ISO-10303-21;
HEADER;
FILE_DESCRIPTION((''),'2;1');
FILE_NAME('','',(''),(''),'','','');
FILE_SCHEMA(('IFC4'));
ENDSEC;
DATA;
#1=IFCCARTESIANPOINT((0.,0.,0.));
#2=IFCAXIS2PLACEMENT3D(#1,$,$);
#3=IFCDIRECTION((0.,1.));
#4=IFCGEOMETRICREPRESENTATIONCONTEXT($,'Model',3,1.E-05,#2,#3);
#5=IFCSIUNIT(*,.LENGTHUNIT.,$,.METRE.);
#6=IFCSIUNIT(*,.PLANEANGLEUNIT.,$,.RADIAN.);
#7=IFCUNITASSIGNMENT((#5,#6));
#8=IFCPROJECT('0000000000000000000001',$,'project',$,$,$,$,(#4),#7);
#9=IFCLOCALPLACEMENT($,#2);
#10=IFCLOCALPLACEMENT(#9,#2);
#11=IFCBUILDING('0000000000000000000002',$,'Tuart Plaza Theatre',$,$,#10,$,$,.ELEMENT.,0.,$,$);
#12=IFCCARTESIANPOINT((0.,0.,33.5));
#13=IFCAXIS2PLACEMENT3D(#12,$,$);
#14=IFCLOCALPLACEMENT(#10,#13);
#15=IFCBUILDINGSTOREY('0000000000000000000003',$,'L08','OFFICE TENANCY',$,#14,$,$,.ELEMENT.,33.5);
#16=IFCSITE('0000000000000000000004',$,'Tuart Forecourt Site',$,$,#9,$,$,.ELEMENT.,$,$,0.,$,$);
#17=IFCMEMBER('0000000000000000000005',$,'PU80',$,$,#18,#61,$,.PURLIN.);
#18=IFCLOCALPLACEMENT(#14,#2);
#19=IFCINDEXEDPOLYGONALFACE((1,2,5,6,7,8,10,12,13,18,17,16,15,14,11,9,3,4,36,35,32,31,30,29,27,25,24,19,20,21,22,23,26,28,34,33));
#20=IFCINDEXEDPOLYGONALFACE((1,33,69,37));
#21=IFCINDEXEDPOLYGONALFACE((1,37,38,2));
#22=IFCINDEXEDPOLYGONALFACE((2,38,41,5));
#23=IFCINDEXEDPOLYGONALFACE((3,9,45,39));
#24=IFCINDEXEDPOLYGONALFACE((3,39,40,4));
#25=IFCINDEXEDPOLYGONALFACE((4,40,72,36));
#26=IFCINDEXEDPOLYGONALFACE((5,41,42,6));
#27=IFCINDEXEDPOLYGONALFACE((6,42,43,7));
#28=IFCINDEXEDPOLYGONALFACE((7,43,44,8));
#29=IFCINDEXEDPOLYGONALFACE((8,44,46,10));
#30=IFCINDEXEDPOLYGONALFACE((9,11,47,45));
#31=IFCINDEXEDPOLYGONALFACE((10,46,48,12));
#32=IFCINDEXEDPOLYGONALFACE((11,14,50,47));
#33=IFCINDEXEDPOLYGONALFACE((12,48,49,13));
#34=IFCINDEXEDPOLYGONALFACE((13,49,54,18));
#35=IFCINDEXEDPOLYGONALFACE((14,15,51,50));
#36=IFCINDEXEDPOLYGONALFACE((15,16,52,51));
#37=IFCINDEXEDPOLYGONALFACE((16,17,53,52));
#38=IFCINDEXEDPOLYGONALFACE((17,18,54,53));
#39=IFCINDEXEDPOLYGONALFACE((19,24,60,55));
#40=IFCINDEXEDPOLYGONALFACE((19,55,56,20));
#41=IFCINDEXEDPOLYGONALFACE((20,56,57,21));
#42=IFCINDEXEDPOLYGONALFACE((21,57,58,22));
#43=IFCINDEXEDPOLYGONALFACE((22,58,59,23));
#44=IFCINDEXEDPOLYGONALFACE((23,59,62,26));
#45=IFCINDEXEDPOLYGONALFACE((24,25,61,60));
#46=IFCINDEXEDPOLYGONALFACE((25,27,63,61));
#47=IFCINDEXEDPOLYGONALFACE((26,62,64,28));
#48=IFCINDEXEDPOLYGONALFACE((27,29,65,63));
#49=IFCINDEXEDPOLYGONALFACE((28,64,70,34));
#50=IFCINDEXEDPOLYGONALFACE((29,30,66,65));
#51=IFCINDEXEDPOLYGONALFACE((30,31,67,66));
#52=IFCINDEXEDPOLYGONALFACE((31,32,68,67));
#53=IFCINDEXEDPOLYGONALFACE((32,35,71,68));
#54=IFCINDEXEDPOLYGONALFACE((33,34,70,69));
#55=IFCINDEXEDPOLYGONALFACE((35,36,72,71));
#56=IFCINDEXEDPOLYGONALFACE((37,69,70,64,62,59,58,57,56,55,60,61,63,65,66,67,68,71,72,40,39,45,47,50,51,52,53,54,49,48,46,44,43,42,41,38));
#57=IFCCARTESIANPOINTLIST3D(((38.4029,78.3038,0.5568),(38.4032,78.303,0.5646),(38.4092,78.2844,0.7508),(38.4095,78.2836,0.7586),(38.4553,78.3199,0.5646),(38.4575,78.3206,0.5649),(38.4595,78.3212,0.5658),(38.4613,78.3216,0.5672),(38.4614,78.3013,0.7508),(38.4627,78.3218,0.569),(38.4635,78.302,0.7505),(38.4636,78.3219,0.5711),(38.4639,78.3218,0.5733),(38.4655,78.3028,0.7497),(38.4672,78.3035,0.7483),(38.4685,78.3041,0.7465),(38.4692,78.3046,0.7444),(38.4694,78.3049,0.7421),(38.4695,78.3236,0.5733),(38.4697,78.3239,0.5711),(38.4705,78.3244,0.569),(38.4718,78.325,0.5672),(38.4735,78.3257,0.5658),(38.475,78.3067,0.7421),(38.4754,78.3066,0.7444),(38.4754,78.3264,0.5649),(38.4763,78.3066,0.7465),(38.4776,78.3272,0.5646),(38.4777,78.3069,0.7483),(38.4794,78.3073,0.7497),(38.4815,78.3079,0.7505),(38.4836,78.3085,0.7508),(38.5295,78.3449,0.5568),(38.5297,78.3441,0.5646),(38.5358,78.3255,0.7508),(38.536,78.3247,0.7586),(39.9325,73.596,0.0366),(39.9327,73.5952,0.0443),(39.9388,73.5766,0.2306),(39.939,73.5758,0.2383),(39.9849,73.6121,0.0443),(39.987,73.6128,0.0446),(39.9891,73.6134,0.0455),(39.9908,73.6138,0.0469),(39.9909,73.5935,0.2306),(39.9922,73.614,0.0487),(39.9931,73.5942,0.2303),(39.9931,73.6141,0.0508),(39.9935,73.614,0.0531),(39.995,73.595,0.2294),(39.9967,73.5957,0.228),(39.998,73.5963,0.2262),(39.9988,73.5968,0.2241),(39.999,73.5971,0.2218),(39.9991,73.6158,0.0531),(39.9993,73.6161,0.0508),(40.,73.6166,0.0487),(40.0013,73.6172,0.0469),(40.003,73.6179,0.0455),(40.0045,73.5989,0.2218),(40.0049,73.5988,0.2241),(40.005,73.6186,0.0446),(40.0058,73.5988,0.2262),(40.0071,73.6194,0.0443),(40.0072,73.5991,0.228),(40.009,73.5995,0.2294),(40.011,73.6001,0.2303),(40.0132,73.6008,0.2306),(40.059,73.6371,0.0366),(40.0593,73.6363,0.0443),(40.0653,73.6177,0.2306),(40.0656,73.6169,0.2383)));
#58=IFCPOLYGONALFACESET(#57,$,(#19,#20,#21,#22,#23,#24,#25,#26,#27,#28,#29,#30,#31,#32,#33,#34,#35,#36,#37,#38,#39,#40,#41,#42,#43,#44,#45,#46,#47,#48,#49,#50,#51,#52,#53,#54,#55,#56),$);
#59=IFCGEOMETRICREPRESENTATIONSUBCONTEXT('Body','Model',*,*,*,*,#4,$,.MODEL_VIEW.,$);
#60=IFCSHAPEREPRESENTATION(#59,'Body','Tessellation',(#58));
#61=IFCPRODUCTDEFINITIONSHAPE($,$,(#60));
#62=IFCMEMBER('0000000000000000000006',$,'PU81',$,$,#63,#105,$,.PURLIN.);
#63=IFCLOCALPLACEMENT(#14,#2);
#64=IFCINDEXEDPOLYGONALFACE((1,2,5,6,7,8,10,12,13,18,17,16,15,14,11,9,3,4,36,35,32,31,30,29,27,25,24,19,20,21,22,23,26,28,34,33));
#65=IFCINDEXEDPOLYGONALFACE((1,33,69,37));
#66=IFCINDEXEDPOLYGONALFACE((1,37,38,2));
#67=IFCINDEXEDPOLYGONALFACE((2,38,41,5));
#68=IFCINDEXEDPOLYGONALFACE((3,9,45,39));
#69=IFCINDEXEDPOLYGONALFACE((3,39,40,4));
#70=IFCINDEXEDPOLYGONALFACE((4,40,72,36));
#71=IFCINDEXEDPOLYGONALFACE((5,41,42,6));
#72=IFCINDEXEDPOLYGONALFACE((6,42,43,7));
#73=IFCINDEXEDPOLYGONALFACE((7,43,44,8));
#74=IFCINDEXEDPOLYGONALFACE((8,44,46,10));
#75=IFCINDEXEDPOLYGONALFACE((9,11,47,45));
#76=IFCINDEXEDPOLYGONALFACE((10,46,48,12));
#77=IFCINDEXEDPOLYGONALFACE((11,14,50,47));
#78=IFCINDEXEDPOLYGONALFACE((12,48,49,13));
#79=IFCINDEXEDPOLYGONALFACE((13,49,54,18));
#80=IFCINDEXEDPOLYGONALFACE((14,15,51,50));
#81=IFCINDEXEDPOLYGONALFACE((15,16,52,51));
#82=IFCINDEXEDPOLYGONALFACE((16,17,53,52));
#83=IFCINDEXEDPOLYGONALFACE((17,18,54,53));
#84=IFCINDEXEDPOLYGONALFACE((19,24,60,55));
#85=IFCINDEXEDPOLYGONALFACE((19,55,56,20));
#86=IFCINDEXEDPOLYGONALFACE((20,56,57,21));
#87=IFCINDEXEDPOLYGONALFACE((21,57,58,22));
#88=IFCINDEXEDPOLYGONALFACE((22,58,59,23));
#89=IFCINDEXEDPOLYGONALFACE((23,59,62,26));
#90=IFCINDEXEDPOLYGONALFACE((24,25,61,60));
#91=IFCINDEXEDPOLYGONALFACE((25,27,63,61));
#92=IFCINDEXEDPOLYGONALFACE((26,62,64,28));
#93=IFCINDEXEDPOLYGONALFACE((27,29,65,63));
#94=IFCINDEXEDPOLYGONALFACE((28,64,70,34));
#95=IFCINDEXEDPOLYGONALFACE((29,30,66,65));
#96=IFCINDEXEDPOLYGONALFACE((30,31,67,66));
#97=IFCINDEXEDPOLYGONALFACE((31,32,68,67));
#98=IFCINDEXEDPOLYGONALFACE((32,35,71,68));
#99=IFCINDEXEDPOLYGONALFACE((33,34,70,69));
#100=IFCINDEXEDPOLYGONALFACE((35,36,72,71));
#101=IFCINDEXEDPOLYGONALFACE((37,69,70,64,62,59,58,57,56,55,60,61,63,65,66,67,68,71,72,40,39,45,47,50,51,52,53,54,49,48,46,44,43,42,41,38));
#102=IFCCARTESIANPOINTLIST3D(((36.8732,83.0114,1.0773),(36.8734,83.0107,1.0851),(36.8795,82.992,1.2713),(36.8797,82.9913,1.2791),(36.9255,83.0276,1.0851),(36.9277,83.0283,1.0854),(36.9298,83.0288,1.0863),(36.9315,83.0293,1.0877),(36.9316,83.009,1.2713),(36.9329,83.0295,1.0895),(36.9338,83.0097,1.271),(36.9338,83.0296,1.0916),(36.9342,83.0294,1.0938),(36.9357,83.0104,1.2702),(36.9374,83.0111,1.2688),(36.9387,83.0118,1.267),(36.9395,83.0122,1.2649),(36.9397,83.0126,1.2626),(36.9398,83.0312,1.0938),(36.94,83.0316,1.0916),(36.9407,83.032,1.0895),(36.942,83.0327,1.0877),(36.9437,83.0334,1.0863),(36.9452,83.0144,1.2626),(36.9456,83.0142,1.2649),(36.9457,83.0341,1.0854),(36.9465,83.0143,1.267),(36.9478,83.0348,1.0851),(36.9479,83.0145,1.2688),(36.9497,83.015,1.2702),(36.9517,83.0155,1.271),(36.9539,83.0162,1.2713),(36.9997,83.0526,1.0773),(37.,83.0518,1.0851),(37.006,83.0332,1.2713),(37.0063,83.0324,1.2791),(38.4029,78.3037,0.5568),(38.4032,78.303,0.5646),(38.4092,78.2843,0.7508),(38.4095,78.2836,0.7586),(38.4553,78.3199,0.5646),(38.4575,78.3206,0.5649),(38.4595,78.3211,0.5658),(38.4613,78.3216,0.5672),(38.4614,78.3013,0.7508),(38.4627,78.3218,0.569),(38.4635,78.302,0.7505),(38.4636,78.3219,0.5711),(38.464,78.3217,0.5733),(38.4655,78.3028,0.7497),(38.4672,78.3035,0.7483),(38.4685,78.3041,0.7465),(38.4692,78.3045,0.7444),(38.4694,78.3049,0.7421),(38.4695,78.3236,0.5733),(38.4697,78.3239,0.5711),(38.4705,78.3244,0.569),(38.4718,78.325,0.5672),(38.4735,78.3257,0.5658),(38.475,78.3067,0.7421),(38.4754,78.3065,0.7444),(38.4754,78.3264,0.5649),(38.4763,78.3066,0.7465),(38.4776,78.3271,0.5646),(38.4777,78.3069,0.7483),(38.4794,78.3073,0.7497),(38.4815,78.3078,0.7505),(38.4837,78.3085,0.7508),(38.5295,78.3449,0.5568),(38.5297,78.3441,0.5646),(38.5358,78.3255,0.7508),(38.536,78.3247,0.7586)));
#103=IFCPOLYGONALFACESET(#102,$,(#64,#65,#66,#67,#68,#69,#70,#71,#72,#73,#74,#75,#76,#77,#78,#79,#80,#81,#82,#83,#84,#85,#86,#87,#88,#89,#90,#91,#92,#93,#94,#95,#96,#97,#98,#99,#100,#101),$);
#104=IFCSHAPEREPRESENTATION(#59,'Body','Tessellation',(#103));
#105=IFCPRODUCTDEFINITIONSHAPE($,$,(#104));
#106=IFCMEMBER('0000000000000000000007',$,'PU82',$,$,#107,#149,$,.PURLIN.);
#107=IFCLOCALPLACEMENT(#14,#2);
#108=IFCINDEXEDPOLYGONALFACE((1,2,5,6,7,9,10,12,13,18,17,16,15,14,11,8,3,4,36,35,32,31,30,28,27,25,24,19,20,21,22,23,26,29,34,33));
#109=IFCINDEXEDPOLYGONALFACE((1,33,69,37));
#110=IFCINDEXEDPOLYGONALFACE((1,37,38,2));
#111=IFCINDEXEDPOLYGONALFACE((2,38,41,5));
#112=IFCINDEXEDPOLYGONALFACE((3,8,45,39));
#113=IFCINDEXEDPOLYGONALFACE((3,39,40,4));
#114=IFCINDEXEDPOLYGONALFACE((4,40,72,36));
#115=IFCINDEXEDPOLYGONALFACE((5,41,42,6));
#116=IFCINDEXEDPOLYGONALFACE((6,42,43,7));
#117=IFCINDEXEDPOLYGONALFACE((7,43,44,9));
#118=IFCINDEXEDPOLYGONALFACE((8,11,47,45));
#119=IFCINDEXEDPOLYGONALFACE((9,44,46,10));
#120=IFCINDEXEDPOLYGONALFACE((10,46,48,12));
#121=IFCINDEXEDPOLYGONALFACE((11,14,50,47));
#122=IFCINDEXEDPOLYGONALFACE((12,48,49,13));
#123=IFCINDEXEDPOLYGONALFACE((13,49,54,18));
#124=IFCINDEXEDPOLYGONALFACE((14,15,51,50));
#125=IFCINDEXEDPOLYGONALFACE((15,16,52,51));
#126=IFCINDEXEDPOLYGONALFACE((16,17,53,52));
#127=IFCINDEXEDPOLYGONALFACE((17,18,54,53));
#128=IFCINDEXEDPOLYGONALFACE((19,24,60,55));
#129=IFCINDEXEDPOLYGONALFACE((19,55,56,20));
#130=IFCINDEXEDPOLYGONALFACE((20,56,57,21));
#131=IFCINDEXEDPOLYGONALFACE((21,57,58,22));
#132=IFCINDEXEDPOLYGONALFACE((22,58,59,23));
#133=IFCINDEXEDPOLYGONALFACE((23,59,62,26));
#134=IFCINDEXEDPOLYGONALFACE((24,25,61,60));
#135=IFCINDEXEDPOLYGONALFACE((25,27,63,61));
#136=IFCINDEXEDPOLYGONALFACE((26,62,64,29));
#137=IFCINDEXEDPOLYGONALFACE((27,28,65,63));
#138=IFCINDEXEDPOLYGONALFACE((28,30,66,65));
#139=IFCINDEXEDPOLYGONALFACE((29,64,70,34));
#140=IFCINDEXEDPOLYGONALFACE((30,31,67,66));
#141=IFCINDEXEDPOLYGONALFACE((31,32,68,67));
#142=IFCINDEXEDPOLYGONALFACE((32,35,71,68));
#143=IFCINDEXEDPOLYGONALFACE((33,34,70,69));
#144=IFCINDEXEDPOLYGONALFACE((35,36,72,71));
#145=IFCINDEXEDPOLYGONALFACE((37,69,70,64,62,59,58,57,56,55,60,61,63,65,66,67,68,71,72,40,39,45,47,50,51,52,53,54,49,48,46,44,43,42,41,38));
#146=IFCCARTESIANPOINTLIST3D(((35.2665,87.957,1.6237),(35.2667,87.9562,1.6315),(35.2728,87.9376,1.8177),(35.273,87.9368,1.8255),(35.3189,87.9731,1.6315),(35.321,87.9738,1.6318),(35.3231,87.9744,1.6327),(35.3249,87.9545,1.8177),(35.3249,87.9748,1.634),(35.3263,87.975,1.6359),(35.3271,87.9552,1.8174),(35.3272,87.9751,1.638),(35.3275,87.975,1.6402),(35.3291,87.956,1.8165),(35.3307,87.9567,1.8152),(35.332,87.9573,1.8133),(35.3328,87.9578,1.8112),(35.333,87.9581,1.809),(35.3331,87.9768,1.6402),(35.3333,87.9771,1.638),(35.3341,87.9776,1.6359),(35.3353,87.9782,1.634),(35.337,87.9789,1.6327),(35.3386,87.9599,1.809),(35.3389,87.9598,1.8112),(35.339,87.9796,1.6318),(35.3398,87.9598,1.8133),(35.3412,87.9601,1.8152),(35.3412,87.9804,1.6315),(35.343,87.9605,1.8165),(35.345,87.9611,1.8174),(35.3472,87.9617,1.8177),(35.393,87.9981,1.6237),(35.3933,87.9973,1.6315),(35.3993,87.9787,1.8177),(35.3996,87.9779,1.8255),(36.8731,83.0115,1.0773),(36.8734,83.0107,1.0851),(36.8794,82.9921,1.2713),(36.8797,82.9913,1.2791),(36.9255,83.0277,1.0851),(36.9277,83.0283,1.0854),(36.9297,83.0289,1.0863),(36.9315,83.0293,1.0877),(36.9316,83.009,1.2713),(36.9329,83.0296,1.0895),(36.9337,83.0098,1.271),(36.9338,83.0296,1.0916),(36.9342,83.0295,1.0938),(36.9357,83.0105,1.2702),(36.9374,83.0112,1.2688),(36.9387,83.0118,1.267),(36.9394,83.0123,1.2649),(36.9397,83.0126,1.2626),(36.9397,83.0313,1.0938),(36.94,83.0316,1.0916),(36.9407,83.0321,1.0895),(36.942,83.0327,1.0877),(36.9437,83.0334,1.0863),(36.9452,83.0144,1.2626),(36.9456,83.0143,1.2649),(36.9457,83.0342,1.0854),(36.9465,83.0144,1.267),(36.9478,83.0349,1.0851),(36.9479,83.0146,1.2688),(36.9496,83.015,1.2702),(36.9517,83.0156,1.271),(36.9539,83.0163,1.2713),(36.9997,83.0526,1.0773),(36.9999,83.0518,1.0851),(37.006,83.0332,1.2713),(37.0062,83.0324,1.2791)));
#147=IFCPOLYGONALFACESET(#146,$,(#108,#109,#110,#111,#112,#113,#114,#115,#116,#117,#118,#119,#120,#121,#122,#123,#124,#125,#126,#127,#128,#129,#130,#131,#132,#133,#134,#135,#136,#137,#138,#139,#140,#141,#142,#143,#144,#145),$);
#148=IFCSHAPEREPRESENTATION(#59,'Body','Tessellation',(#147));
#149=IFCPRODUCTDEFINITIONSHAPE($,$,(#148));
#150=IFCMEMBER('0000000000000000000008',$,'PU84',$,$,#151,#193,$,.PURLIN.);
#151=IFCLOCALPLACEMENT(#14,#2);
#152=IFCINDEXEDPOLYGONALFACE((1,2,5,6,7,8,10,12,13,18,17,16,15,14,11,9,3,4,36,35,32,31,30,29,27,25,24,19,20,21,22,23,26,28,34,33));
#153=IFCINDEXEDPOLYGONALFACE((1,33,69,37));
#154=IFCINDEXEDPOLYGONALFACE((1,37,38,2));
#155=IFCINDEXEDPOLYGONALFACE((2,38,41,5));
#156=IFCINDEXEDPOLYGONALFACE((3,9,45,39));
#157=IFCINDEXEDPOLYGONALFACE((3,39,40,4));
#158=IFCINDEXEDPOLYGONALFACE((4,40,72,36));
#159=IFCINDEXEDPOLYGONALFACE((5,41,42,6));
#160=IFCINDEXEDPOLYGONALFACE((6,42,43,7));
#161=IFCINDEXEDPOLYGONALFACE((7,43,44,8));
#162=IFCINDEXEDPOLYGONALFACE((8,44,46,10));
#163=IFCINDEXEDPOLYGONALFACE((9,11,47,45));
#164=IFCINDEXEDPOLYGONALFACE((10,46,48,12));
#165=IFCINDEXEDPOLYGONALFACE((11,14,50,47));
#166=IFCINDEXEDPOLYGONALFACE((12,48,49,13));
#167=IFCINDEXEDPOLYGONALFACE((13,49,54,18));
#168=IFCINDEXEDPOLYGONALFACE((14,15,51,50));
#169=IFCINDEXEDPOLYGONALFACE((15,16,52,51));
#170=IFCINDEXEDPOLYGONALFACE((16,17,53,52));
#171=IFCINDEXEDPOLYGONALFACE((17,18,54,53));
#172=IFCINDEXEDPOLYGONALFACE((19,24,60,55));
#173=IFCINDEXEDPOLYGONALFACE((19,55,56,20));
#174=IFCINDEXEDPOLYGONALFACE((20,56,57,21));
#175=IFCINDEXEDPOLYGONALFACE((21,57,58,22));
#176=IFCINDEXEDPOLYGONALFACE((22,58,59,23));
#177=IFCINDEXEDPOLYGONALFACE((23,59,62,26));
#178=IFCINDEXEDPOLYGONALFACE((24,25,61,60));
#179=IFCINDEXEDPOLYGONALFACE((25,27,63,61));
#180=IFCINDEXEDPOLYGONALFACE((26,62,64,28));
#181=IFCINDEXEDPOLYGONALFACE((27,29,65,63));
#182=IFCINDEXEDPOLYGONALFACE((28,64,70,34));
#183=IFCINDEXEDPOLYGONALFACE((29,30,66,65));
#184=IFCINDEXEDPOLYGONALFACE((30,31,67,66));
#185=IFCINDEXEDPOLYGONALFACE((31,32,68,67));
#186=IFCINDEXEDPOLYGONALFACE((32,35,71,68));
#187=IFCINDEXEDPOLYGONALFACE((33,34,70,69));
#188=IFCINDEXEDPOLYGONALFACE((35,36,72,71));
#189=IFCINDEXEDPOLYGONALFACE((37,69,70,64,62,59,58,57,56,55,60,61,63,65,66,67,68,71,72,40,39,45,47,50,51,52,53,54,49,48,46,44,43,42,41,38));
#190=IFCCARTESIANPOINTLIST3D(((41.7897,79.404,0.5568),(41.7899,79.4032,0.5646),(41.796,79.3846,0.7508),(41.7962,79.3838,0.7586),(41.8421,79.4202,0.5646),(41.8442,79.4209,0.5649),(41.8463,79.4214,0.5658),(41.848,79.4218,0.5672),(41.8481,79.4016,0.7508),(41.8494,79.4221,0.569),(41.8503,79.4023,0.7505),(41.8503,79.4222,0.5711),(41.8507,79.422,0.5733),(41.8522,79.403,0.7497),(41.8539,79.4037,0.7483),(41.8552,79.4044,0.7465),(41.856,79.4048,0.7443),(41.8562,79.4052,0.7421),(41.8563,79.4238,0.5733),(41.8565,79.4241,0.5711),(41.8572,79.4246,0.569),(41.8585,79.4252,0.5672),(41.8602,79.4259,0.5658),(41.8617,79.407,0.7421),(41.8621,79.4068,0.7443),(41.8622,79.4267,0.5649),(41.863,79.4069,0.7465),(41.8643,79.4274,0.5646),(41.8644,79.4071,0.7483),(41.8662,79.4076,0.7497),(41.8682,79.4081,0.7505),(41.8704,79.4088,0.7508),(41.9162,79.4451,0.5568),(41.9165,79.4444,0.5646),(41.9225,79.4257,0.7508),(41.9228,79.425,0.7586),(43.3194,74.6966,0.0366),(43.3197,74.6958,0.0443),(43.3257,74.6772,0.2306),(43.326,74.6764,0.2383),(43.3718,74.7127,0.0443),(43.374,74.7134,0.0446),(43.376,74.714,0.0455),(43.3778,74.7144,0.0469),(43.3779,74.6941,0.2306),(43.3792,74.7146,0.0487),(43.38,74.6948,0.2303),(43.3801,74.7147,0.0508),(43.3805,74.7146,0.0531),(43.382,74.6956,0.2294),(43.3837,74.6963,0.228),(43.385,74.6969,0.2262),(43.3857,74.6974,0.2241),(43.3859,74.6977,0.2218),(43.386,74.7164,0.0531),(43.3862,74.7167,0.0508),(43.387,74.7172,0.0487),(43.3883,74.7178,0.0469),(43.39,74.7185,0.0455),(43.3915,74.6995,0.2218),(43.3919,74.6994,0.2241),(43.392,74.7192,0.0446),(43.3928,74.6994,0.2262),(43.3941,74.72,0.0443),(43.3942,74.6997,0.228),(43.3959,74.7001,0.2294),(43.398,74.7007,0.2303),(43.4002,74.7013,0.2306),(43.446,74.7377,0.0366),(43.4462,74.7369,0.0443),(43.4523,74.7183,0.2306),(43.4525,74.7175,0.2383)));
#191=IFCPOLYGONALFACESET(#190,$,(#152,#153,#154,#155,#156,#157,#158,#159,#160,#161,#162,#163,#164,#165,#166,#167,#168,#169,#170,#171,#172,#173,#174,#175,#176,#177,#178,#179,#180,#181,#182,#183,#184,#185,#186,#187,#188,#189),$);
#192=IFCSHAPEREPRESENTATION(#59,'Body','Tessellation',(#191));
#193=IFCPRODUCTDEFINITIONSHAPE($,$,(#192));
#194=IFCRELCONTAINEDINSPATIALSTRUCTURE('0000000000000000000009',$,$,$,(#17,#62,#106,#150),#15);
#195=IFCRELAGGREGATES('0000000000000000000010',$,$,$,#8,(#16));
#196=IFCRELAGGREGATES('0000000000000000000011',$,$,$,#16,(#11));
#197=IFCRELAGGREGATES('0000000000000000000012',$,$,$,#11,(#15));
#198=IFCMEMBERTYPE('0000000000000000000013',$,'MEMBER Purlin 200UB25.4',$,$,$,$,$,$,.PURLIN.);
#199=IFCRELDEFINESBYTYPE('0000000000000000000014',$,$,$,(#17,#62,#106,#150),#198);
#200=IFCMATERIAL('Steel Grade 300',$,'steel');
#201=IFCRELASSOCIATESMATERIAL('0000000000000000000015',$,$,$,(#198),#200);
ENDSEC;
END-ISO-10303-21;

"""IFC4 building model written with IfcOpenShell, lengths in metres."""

from ifc_helpers import new_model, si_unit, direction, frame, origin, origin_2d, place, context, subcontext, project, spatial, i_section, extrude, material, material_profile, profile_set, type_object, element, save


model = new_model("IFC4")

# Units and contexts
model_context = context("Model", 3, precision=1e-05, world=origin(), true_north=direction((0.0, 1.0)))
body_context = subcontext(model_context, "Body", "Model", "MODEL_VIEW")
ifc_project = project(units=[si_unit("LENGTHUNIT", "METRE"), si_unit("PLANEANGLEUNIT", "RADIAN")], contexts=[model_context])

# Site, building, storey
site_placement = place(None, origin())
site = spatial("IfcSite", under=ifc_project, at=site_placement, Name="Tuart Forecourt Site", CompositionType="ELEMENT", RefElevation=0.0)
building_placement = place(site_placement, origin())
building = spatial("IfcBuilding", under=site, at=building_placement, Name="Tuart Plaza Theatre", CompositionType="ELEMENT", ElevationOfRefHeight=0.0)
storey_placement = place(building_placement, frame((0.0, 0.0, 33.5)))
storey = spatial("IfcBuildingStorey", under=building, at=storey_placement, Name="L08", Description="OFFICE TENANCY", CompositionType="ELEMENT", Elevation=33.5)

# Members
ifc_material_1 = material(Name="Steel Grade 300", Category="steel")
ifc_material_profile_1 = material_profile(ifc_material_1, i_section(OverallWidth=0.1331, OverallDepth=0.2029, WebThickness=0.0059, FlangeThickness=0.0078, FilletRadius=0.0088, at=origin_2d()), Name="200UB25.4")
ifc_profile_set_1 = profile_set([ifc_material_profile_1], Name="Steel Grade 300")
member_type_1 = type_object("IfcMemberType", Name="MEMBER Purlin 200UB25.4", PredefinedType="PURLIN", material=ifc_profile_set_1)
for number, where, z_axis, x_axis, name in (
    (1, (39.999, 73.6064, 0.1375), (-0.307305, 0.945853, 0.104528), (-0.951063, -0.308998, 0.0), "PU80"),
    (2, (38.4695, 78.3142, 0.6577), (-0.307348, 0.945834, 0.104575), (-0.951048, -0.309043, 0.0), "PU81"),
):
    element("IfcMember", number, at=place(storey_placement, frame(where, z_axis=z_axis, x_axis=x_axis)), inside=storey, type_object=member_type_1, Name=name, PredefinedType="PURLIN", context=body_context, shape_type="SweptSolid", body=[
        extrude(i_section(OverallWidth=0.1331, OverallDepth=0.2029, WebThickness=0.0059, FlangeThickness=0.0078, FilletRadius=0.0088, at=origin_2d()), origin(), (0.0, 0.0, 1.0), 4.9773),
    ])
member_1_placement = place(storey_placement, frame((36.9397, 83.022, 1.1782), z_axis=(-0.307287, 0.945862, 0.104499), x_axis=(-0.951069, -0.308979, 0.0)))
element("IfcMember", 3, at=member_1_placement, inside=storey, type_object=member_type_1, Name="PU82", PredefinedType="PURLIN", context=body_context, shape_type="SweptSolid", body=[
    extrude(i_section(OverallWidth=0.1331, OverallDepth=0.2029, WebThickness=0.0059, FlangeThickness=0.0078, FilletRadius=0.0088, at=origin_2d()), origin(), (0.0, 0.0, 1.0), 5.2285),
])
member_2_placement = place(storey_placement, frame((43.386, 74.707, 0.1375), z_axis=(-0.307364, 0.945833, 0.104531), x_axis=(-0.951043, -0.309057, 0.0)))
element("IfcMember", 4, at=member_2_placement, inside=storey, type_object=member_type_1, Name="PU84", PredefinedType="PURLIN", context=body_context, shape_type="SweptSolid", body=[
    extrude(i_section(OverallWidth=0.1331, OverallDepth=0.2029, WebThickness=0.0059, FlangeThickness=0.0078, FilletRadius=0.0088, at=origin_2d()), origin(), (0.0, 0.0, 1.0), 4.9771),
])

save(model, "model.ifc")
